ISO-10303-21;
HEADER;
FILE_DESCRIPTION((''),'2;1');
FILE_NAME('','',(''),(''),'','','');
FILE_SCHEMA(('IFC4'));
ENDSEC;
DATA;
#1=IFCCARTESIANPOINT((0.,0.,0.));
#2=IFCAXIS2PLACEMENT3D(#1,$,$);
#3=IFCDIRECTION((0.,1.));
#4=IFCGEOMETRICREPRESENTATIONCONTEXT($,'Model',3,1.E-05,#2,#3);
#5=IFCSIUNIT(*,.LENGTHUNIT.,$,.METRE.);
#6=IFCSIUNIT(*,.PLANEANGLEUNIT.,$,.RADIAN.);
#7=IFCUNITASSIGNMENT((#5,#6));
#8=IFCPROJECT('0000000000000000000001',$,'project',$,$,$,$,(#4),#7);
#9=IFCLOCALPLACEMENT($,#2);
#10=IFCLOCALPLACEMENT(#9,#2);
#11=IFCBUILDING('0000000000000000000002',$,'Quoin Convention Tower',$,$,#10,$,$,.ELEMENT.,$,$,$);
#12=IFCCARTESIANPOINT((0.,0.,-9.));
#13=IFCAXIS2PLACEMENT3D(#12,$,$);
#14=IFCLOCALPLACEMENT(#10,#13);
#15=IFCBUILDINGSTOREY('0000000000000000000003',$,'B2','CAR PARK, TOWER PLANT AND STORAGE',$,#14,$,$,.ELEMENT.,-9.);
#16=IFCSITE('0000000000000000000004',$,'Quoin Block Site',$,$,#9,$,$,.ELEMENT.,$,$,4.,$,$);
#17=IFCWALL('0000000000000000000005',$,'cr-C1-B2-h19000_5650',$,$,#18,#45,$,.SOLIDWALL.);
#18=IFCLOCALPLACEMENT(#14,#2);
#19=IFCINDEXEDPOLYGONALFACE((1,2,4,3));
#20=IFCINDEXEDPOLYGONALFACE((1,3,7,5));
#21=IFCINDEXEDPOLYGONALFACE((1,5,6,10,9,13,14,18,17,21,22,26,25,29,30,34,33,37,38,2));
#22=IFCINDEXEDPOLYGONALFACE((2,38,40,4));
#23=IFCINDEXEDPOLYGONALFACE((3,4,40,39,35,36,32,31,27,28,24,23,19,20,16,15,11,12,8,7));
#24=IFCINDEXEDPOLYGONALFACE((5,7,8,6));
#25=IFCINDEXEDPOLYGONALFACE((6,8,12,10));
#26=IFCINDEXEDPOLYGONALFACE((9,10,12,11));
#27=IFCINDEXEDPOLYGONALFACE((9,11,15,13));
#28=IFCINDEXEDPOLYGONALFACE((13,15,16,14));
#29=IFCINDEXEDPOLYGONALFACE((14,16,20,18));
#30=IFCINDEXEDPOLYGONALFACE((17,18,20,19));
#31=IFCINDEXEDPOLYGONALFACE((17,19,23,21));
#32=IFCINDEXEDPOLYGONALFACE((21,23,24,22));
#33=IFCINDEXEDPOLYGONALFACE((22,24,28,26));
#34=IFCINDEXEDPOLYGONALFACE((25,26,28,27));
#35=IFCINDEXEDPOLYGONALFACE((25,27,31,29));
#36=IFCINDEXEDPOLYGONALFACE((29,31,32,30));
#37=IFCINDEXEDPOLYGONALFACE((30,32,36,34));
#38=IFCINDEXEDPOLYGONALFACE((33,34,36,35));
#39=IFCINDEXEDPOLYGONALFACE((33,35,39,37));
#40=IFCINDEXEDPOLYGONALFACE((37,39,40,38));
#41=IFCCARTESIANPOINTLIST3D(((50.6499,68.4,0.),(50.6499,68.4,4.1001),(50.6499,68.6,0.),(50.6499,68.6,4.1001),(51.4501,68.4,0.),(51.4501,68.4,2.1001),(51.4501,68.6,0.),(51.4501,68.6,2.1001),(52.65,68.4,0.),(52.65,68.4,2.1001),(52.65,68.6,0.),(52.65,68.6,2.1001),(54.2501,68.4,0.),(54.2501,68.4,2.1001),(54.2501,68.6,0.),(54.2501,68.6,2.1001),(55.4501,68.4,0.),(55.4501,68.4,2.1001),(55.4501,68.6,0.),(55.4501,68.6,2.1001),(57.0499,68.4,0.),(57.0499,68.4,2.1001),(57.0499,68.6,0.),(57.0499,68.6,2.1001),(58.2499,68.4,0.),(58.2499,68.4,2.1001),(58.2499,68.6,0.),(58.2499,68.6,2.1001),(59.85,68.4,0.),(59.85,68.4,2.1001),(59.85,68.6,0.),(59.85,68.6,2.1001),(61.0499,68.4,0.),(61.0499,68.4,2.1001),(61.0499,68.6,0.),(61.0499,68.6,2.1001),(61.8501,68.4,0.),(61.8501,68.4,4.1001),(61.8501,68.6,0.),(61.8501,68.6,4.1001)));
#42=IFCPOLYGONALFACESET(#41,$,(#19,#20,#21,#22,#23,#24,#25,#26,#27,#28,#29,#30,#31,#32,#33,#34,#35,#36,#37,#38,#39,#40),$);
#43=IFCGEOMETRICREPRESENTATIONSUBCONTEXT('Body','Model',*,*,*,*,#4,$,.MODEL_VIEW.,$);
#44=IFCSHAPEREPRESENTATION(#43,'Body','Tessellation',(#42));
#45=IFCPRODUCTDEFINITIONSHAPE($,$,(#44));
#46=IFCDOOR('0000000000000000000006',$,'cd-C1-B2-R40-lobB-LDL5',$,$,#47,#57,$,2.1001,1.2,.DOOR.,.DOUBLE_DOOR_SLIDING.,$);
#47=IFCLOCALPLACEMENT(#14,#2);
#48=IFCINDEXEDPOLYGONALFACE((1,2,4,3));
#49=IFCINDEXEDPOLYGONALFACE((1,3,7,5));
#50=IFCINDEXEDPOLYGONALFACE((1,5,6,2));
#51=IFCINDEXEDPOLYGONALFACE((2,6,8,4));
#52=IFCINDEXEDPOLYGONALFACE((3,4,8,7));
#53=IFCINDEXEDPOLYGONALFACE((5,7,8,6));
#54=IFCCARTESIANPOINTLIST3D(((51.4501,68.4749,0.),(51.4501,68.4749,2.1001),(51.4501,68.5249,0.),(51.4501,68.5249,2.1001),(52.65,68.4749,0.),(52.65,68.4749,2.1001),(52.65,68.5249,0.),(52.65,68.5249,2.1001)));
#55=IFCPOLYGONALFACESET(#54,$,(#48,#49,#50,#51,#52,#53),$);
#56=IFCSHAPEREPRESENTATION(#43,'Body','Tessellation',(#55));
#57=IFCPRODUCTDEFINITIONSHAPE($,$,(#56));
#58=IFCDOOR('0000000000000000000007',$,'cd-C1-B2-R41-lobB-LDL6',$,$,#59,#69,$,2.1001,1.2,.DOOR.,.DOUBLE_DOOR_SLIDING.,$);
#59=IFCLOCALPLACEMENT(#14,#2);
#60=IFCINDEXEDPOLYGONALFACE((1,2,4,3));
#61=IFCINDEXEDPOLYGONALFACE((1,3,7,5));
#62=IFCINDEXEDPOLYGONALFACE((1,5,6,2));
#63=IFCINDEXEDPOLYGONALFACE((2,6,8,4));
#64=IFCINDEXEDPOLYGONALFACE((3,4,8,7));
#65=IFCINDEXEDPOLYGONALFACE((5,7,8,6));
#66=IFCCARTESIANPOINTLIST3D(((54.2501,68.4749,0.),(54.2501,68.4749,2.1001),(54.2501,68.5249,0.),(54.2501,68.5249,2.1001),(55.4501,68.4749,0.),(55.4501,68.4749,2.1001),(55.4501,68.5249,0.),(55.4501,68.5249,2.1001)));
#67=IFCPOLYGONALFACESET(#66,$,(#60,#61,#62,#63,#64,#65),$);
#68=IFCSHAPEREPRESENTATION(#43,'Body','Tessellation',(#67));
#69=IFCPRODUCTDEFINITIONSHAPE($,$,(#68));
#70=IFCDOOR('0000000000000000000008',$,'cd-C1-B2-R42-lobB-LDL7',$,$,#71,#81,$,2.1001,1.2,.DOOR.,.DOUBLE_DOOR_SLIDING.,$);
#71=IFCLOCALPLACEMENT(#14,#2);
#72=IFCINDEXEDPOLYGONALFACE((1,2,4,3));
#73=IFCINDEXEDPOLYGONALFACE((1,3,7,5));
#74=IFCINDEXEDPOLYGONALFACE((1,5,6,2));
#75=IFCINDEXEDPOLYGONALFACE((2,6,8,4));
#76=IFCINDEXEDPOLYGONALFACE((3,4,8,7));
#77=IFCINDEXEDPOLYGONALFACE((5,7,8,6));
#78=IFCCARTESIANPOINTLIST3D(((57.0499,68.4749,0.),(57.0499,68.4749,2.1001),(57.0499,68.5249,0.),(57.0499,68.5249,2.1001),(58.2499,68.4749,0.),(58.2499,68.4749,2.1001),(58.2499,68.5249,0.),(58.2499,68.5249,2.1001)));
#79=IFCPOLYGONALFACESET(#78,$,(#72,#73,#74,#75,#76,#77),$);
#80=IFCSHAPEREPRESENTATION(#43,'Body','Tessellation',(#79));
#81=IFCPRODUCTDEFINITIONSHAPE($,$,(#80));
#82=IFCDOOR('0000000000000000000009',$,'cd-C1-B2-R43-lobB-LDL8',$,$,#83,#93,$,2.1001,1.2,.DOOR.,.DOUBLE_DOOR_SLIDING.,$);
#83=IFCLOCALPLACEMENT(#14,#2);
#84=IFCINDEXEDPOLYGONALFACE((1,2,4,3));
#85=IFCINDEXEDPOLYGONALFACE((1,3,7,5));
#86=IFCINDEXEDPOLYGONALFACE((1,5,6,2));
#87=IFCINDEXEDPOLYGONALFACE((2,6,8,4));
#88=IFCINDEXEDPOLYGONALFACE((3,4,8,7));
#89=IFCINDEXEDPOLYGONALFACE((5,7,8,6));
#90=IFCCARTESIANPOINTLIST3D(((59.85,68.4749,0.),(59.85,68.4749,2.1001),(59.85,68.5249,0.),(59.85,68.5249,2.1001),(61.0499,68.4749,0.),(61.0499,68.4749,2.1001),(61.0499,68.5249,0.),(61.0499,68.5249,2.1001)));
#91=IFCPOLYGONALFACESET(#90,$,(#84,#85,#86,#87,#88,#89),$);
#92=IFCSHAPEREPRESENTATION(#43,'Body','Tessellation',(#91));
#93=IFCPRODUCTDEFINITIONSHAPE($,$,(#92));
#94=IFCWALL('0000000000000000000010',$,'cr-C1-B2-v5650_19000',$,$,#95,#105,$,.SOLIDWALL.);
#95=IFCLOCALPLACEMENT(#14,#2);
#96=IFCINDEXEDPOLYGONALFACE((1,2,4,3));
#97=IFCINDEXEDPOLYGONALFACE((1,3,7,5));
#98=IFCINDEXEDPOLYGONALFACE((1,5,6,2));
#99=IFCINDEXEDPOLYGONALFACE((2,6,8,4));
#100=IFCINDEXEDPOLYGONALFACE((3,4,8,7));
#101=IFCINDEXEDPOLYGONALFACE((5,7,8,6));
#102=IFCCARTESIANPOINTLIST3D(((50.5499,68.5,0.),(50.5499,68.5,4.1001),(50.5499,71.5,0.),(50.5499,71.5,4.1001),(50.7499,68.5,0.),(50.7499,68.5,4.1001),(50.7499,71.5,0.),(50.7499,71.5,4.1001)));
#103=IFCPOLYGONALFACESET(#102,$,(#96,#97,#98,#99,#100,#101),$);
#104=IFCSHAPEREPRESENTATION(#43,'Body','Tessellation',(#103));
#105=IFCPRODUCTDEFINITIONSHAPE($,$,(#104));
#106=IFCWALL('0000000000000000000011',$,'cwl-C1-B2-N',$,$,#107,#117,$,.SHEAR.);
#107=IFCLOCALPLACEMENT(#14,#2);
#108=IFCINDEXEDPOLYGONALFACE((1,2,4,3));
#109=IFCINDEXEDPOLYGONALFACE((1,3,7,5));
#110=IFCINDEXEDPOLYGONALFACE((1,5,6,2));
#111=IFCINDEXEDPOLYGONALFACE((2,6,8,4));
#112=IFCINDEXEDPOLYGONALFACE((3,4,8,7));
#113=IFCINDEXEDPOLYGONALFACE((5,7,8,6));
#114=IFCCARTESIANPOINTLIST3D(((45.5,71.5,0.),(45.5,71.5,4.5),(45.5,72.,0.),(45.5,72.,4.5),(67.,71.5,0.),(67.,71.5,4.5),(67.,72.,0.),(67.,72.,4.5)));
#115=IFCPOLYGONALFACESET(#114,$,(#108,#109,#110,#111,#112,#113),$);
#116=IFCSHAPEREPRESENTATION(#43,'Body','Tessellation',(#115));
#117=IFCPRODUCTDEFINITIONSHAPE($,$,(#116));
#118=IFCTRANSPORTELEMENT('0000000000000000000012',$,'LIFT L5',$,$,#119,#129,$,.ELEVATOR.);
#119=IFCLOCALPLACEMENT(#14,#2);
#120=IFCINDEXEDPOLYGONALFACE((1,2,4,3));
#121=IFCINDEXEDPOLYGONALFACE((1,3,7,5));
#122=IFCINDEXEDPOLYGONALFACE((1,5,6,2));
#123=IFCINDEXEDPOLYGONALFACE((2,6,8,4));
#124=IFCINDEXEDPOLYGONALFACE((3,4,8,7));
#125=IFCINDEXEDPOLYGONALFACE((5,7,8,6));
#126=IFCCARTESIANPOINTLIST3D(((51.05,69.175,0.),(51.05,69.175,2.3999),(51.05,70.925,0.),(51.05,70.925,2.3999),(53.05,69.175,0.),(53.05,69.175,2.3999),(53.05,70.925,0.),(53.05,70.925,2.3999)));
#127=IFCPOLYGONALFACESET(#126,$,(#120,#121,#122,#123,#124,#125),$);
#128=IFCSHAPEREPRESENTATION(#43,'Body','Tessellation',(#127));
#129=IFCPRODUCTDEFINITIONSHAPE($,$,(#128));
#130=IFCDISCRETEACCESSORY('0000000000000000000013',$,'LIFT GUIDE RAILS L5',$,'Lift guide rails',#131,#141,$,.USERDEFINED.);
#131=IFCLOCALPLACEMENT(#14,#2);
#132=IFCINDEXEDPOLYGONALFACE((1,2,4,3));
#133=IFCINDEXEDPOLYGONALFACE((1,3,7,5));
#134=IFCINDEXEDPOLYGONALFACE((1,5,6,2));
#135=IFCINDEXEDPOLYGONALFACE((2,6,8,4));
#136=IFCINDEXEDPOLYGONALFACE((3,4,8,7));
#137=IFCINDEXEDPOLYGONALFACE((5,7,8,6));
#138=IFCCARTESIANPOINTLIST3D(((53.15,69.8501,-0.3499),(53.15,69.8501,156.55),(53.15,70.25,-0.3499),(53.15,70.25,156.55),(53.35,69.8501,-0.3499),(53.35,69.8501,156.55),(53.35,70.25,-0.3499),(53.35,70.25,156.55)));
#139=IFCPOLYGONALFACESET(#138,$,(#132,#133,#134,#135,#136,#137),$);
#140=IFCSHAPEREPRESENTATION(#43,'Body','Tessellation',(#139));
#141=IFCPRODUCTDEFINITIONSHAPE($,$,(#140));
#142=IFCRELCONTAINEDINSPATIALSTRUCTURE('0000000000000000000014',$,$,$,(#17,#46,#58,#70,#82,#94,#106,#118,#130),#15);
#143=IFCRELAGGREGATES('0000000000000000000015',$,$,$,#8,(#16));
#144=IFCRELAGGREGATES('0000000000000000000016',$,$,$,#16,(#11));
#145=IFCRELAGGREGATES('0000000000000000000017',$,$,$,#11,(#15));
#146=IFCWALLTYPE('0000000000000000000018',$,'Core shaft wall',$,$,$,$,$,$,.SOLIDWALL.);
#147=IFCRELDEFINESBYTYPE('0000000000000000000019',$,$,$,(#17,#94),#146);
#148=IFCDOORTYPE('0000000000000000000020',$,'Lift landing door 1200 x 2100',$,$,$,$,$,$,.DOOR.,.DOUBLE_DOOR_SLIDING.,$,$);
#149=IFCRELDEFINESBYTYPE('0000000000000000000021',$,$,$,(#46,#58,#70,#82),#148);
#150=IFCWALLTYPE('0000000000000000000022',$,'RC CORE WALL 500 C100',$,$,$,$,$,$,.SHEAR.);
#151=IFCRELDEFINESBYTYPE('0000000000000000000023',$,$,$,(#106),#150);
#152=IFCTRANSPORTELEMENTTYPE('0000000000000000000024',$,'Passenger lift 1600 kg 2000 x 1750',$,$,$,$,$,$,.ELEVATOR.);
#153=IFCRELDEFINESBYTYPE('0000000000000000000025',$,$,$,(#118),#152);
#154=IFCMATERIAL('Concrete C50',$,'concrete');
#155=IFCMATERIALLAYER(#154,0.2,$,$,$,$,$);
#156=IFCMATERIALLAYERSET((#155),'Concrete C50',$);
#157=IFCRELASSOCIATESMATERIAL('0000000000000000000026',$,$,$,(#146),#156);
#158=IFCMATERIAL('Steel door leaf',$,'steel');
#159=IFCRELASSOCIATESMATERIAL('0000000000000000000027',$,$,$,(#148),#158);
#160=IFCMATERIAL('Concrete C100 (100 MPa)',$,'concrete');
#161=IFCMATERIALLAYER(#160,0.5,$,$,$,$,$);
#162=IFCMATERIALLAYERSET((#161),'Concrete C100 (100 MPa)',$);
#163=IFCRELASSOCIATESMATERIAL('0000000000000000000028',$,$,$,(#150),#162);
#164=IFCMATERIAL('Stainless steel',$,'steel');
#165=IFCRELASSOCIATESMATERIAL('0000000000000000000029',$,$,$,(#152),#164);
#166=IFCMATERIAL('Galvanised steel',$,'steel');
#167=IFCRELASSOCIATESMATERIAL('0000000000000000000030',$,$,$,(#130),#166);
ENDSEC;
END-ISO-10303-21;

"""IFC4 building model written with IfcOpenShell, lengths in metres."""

from ifc_helpers import new_model, si_unit, direction, frame, frame_2d, origin, origin_2d, place, context, subcontext, project, spatial, rectangle, extrude, material, layer, layer_set, type_object, element, fill, save


model = new_model("IFC4")

# Units and contexts
model_context = context("Model", 3, precision=1e-05, world=origin(), true_north=direction((0.0, 1.0)))
body_context = subcontext(model_context, "Body", "Model", "MODEL_VIEW")
ifc_project = project(units=[si_unit("LENGTHUNIT", "METRE"), si_unit("PLANEANGLEUNIT", "RADIAN")], contexts=[model_context])

# Site, building, storey
site_placement = place(None, origin())
site = spatial("IfcSite", under=ifc_project, at=site_placement, Name="Quoin Block Site", CompositionType="ELEMENT", RefElevation=4.0)
building_placement = place(site_placement, origin())
building = spatial("IfcBuilding", under=site, at=building_placement, Name="Quoin Convention Tower", CompositionType="ELEMENT")
storey_placement = place(building_placement, frame((0.0, 0.0, -9.0)))
storey = spatial("IfcBuildingStorey", under=building, at=storey_placement, Name="B2", Description="CAR PARK, TOWER PLANT AND STORAGE", CompositionType="ELEMENT", Elevation=-9.0)

# Shared definitions
ifc_material_1 = material(Name="Steel door leaf", Category="steel")

# Shared definitions
ifc_material_2 = material(Name="Concrete C50", Category="concrete")
ifc_layer_1 = layer(ifc_material_2, 0.2)
ifc_layer_set_1 = layer_set([ifc_layer_1], Name="Concrete C50")
wall_type_1 = type_object("IfcWallType", Name="Core shaft wall", PredefinedType="SOLIDWALL", material=ifc_layer_set_1)

# Wall, openings, doors
wall_1_placement = place(storey_placement, frame((50.6499, 68.5, 0.0), z_axis=(0.0, 0.0, 1.0), x_axis=(1.0, 0.0, 0.0)))
wall_1 = element("IfcWall", 1, at=wall_1_placement, inside=storey, type_object=wall_type_1, Name="cr-C1-B2-h19000_5650", PredefinedType="SOLIDWALL", context=body_context, shape_type="SweptSolid", body=[
    extrude(rectangle(XDim=11.2002, YDim=0.2, at=frame_2d((5.6001, 0.0))), origin(), (0.0, 0.0, 1.0), 4.1001),
])
opening_1_placement = place(wall_1_placement, frame((0.8, 0.0, 0.0)))
opening_1 = element("IfcOpeningElement", 2, at=opening_1_placement, cuts=wall_1, PredefinedType="OPENING", context=body_context, shape_type="SweptSolid", body=[
    extrude(rectangle(XDim=1.2, YDim=2.1001, at=frame_2d((0.6001, 1.05))), frame((0.0, 0.1099, 0.0), z_axis=(0.0, -1.0, 0.0), x_axis=(1.0, 0.0, 0.0)), (0.0, 0.0, 1.0), 0.22),
])
opening_2_placement = place(wall_1_placement, frame((3.6001, 0.0, 0.0)))
opening_2 = element("IfcOpeningElement", 3, at=opening_2_placement, cuts=wall_1, PredefinedType="OPENING", context=body_context, shape_type="SweptSolid", body=[
    extrude(rectangle(XDim=1.2, YDim=2.1001, at=frame_2d((0.6001, 1.05))), frame((0.0, 0.1099, 0.0), z_axis=(0.0, -1.0, 0.0), x_axis=(1.0, 0.0, 0.0)), (0.0, 0.0, 1.0), 0.22),
])
opening_3_placement = place(wall_1_placement, frame((6.3999, 0.0, 0.0)))
opening_3 = element("IfcOpeningElement", 4, at=opening_3_placement, cuts=wall_1, PredefinedType="OPENING", context=body_context, shape_type="SweptSolid", body=[
    extrude(rectangle(XDim=1.2, YDim=2.1001, at=frame_2d((0.6001, 1.05))), frame((0.0, 0.1099, 0.0), z_axis=(0.0, -1.0, 0.0), x_axis=(1.0, 0.0, 0.0)), (0.0, 0.0, 1.0), 0.22),
])
opening_4_placement = place(wall_1_placement, frame((9.2, 0.0, 0.0)))
opening_4 = element("IfcOpeningElement", 5, at=opening_4_placement, cuts=wall_1, PredefinedType="OPENING", context=body_context, shape_type="SweptSolid", body=[
    extrude(rectangle(XDim=1.2, YDim=2.1001, at=frame_2d((0.6001, 1.05))), frame((0.0, 0.1099, 0.0), z_axis=(0.0, -1.0, 0.0), x_axis=(1.0, 0.0, 0.0)), (0.0, 0.0, 1.0), 0.22),
])
door_type_1 = type_object("IfcDoorType", Name="Lift landing door 1200 x 2100", OperationType="DOUBLE_DOOR_SLIDING", PredefinedType="DOOR", material=ifc_material_1)
door_1_placement = place(opening_1_placement, origin())
door_1 = element("IfcDoor", 6, at=door_1_placement, inside=storey, type_object=door_type_1, Name="cd-C1-B2-R40-lobB-LDL5", OperationType="DOUBLE_DOOR_SLIDING", OverallHeight=2.1001, OverallWidth=1.2, PredefinedType="DOOR", context=body_context, shape_type="SweptSolid", body=[
    extrude(rectangle(XDim=1.2, YDim=2.1001, at=frame_2d((0.6001, 1.05))), frame((0.0, 0.0249, 0.0), z_axis=(0.0, -1.0, 0.0), x_axis=(1.0, 0.0, 0.0)), (0.0, 0.0, 1.0), 0.05),
])
fill(opening_1, door_1)
door_2_placement = place(opening_2_placement, origin())
door_2 = element("IfcDoor", 7, at=door_2_placement, inside=storey, type_object=door_type_1, Name="cd-C1-B2-R41-lobB-LDL6", OperationType="DOUBLE_DOOR_SLIDING", OverallHeight=2.1001, OverallWidth=1.2, PredefinedType="DOOR", context=body_context, shape_type="SweptSolid", body=[
    extrude(rectangle(XDim=1.2, YDim=2.1001, at=frame_2d((0.6001, 1.05))), frame((0.0, 0.0249, 0.0), z_axis=(0.0, -1.0, 0.0), x_axis=(1.0, 0.0, 0.0)), (0.0, 0.0, 1.0), 0.05),
])
fill(opening_2, door_2)
door_3_placement = place(opening_3_placement, origin())
door_3 = element("IfcDoor", 8, at=door_3_placement, inside=storey, type_object=door_type_1, Name="cd-C1-B2-R42-lobB-LDL7", OperationType="DOUBLE_DOOR_SLIDING", OverallHeight=2.1001, OverallWidth=1.2, PredefinedType="DOOR", context=body_context, shape_type="SweptSolid", body=[
    extrude(rectangle(XDim=1.2, YDim=2.1001, at=frame_2d((0.6001, 1.05))), frame((0.0, 0.0249, 0.0), z_axis=(0.0, -1.0, 0.0), x_axis=(1.0, 0.0, 0.0)), (0.0, 0.0, 1.0), 0.05),
])
fill(opening_3, door_3)
door_4_placement = place(opening_4_placement, origin())
door_4 = element("IfcDoor", 9, at=door_4_placement, inside=storey, type_object=door_type_1, Name="cd-C1-B2-R43-lobB-LDL8", OperationType="DOUBLE_DOOR_SLIDING", OverallHeight=2.1001, OverallWidth=1.2, PredefinedType="DOOR", context=body_context, shape_type="SweptSolid", body=[
    extrude(rectangle(XDim=1.2, YDim=2.1001, at=frame_2d((0.6001, 1.05))), frame((0.0, 0.0249, 0.0), z_axis=(0.0, -1.0, 0.0), x_axis=(1.0, 0.0, 0.0)), (0.0, 0.0, 1.0), 0.05),
])
fill(opening_4, door_4)

# Walls
wall_2_placement = place(storey_placement, frame((50.6499, 68.5, 0.0), z_axis=(0.0, 0.0, 1.0), x_axis=(0.0, 1.0, 0.0)))
element("IfcWall", 10, at=wall_2_placement, inside=storey, type_object=wall_type_1, Name="cr-C1-B2-v5650_19000", PredefinedType="SOLIDWALL", context=body_context, shape_type="SweptSolid", body=[
    extrude(rectangle(XDim=3.0, YDim=0.2, at=frame_2d((1.5, 0.0))), origin(), (0.0, 0.0, 1.0), 4.1001),
])
ifc_material_3 = material(Name="Concrete C100 (100 MPa)", Category="concrete")
ifc_layer_2 = layer(ifc_material_3, 0.5)
ifc_layer_set_2 = layer_set([ifc_layer_2], Name="Concrete C100 (100 MPa)")
wall_type_2 = type_object("IfcWallType", Name="RC CORE WALL 500 C100", PredefinedType="SHEAR", material=ifc_layer_set_2)
wall_3_placement = place(storey_placement, frame((45.5, 71.75, 0.0), z_axis=(0.0, 0.0, 1.0), x_axis=(1.0, 0.0, 0.0)))
element("IfcWall", 11, at=wall_3_placement, inside=storey, type_object=wall_type_2, Name="cwl-C1-B2-N", PredefinedType="SHEAR", context=body_context, shape_type="SweptSolid", body=[
    extrude(rectangle(XDim=21.5, YDim=0.5, at=frame_2d((10.75, 0.0))), origin(), (0.0, 0.0, 1.0), 4.5),
])

# Transport element
ifc_material_4 = material(Name="Stainless steel", Category="steel")
transport_element_type = type_object("IfcTransportElementType", Name="Passenger lift 1600 kg 2000 x 1750", PredefinedType="ELEVATOR", material=ifc_material_4)
transport_element_placement = place(storey_placement, frame((52.05, 70.05, 0.0), z_axis=(0.0, 0.0, 1.0), x_axis=(1.0, 0.0, 0.0)))
element("IfcTransportElement", 12, at=transport_element_placement, inside=storey, type_object=transport_element_type, Name="LIFT L5", PredefinedType="ELEVATOR", context=body_context, shape_type="SweptSolid", body=[
    extrude(rectangle(XDim=2.0, YDim=1.75, at=origin_2d()), origin(), (0.0, 0.0, 1.0), 2.3999),
])

# Discrete accessory
ifc_material_5 = material(Name="Galvanised steel", Category="steel")
discrete_accessory_placement = place(storey_placement, frame((53.25, 70.05, -0.3499), z_axis=(0.0, 0.0, 1.0), x_axis=(1.0, 0.0, 0.0)))
element("IfcDiscreteAccessory", 13, at=discrete_accessory_placement, inside=storey, material=ifc_material_5, Name="LIFT GUIDE RAILS L5", ObjectType="Lift guide rails", PredefinedType="USERDEFINED", context=body_context, shape_type="SweptSolid", body=[
    extrude(rectangle(XDim=0.2, YDim=0.3999, at=origin_2d()), origin(), (0.0, 0.0, 1.0), 156.8999),
])

save(model, "model.ifc")
